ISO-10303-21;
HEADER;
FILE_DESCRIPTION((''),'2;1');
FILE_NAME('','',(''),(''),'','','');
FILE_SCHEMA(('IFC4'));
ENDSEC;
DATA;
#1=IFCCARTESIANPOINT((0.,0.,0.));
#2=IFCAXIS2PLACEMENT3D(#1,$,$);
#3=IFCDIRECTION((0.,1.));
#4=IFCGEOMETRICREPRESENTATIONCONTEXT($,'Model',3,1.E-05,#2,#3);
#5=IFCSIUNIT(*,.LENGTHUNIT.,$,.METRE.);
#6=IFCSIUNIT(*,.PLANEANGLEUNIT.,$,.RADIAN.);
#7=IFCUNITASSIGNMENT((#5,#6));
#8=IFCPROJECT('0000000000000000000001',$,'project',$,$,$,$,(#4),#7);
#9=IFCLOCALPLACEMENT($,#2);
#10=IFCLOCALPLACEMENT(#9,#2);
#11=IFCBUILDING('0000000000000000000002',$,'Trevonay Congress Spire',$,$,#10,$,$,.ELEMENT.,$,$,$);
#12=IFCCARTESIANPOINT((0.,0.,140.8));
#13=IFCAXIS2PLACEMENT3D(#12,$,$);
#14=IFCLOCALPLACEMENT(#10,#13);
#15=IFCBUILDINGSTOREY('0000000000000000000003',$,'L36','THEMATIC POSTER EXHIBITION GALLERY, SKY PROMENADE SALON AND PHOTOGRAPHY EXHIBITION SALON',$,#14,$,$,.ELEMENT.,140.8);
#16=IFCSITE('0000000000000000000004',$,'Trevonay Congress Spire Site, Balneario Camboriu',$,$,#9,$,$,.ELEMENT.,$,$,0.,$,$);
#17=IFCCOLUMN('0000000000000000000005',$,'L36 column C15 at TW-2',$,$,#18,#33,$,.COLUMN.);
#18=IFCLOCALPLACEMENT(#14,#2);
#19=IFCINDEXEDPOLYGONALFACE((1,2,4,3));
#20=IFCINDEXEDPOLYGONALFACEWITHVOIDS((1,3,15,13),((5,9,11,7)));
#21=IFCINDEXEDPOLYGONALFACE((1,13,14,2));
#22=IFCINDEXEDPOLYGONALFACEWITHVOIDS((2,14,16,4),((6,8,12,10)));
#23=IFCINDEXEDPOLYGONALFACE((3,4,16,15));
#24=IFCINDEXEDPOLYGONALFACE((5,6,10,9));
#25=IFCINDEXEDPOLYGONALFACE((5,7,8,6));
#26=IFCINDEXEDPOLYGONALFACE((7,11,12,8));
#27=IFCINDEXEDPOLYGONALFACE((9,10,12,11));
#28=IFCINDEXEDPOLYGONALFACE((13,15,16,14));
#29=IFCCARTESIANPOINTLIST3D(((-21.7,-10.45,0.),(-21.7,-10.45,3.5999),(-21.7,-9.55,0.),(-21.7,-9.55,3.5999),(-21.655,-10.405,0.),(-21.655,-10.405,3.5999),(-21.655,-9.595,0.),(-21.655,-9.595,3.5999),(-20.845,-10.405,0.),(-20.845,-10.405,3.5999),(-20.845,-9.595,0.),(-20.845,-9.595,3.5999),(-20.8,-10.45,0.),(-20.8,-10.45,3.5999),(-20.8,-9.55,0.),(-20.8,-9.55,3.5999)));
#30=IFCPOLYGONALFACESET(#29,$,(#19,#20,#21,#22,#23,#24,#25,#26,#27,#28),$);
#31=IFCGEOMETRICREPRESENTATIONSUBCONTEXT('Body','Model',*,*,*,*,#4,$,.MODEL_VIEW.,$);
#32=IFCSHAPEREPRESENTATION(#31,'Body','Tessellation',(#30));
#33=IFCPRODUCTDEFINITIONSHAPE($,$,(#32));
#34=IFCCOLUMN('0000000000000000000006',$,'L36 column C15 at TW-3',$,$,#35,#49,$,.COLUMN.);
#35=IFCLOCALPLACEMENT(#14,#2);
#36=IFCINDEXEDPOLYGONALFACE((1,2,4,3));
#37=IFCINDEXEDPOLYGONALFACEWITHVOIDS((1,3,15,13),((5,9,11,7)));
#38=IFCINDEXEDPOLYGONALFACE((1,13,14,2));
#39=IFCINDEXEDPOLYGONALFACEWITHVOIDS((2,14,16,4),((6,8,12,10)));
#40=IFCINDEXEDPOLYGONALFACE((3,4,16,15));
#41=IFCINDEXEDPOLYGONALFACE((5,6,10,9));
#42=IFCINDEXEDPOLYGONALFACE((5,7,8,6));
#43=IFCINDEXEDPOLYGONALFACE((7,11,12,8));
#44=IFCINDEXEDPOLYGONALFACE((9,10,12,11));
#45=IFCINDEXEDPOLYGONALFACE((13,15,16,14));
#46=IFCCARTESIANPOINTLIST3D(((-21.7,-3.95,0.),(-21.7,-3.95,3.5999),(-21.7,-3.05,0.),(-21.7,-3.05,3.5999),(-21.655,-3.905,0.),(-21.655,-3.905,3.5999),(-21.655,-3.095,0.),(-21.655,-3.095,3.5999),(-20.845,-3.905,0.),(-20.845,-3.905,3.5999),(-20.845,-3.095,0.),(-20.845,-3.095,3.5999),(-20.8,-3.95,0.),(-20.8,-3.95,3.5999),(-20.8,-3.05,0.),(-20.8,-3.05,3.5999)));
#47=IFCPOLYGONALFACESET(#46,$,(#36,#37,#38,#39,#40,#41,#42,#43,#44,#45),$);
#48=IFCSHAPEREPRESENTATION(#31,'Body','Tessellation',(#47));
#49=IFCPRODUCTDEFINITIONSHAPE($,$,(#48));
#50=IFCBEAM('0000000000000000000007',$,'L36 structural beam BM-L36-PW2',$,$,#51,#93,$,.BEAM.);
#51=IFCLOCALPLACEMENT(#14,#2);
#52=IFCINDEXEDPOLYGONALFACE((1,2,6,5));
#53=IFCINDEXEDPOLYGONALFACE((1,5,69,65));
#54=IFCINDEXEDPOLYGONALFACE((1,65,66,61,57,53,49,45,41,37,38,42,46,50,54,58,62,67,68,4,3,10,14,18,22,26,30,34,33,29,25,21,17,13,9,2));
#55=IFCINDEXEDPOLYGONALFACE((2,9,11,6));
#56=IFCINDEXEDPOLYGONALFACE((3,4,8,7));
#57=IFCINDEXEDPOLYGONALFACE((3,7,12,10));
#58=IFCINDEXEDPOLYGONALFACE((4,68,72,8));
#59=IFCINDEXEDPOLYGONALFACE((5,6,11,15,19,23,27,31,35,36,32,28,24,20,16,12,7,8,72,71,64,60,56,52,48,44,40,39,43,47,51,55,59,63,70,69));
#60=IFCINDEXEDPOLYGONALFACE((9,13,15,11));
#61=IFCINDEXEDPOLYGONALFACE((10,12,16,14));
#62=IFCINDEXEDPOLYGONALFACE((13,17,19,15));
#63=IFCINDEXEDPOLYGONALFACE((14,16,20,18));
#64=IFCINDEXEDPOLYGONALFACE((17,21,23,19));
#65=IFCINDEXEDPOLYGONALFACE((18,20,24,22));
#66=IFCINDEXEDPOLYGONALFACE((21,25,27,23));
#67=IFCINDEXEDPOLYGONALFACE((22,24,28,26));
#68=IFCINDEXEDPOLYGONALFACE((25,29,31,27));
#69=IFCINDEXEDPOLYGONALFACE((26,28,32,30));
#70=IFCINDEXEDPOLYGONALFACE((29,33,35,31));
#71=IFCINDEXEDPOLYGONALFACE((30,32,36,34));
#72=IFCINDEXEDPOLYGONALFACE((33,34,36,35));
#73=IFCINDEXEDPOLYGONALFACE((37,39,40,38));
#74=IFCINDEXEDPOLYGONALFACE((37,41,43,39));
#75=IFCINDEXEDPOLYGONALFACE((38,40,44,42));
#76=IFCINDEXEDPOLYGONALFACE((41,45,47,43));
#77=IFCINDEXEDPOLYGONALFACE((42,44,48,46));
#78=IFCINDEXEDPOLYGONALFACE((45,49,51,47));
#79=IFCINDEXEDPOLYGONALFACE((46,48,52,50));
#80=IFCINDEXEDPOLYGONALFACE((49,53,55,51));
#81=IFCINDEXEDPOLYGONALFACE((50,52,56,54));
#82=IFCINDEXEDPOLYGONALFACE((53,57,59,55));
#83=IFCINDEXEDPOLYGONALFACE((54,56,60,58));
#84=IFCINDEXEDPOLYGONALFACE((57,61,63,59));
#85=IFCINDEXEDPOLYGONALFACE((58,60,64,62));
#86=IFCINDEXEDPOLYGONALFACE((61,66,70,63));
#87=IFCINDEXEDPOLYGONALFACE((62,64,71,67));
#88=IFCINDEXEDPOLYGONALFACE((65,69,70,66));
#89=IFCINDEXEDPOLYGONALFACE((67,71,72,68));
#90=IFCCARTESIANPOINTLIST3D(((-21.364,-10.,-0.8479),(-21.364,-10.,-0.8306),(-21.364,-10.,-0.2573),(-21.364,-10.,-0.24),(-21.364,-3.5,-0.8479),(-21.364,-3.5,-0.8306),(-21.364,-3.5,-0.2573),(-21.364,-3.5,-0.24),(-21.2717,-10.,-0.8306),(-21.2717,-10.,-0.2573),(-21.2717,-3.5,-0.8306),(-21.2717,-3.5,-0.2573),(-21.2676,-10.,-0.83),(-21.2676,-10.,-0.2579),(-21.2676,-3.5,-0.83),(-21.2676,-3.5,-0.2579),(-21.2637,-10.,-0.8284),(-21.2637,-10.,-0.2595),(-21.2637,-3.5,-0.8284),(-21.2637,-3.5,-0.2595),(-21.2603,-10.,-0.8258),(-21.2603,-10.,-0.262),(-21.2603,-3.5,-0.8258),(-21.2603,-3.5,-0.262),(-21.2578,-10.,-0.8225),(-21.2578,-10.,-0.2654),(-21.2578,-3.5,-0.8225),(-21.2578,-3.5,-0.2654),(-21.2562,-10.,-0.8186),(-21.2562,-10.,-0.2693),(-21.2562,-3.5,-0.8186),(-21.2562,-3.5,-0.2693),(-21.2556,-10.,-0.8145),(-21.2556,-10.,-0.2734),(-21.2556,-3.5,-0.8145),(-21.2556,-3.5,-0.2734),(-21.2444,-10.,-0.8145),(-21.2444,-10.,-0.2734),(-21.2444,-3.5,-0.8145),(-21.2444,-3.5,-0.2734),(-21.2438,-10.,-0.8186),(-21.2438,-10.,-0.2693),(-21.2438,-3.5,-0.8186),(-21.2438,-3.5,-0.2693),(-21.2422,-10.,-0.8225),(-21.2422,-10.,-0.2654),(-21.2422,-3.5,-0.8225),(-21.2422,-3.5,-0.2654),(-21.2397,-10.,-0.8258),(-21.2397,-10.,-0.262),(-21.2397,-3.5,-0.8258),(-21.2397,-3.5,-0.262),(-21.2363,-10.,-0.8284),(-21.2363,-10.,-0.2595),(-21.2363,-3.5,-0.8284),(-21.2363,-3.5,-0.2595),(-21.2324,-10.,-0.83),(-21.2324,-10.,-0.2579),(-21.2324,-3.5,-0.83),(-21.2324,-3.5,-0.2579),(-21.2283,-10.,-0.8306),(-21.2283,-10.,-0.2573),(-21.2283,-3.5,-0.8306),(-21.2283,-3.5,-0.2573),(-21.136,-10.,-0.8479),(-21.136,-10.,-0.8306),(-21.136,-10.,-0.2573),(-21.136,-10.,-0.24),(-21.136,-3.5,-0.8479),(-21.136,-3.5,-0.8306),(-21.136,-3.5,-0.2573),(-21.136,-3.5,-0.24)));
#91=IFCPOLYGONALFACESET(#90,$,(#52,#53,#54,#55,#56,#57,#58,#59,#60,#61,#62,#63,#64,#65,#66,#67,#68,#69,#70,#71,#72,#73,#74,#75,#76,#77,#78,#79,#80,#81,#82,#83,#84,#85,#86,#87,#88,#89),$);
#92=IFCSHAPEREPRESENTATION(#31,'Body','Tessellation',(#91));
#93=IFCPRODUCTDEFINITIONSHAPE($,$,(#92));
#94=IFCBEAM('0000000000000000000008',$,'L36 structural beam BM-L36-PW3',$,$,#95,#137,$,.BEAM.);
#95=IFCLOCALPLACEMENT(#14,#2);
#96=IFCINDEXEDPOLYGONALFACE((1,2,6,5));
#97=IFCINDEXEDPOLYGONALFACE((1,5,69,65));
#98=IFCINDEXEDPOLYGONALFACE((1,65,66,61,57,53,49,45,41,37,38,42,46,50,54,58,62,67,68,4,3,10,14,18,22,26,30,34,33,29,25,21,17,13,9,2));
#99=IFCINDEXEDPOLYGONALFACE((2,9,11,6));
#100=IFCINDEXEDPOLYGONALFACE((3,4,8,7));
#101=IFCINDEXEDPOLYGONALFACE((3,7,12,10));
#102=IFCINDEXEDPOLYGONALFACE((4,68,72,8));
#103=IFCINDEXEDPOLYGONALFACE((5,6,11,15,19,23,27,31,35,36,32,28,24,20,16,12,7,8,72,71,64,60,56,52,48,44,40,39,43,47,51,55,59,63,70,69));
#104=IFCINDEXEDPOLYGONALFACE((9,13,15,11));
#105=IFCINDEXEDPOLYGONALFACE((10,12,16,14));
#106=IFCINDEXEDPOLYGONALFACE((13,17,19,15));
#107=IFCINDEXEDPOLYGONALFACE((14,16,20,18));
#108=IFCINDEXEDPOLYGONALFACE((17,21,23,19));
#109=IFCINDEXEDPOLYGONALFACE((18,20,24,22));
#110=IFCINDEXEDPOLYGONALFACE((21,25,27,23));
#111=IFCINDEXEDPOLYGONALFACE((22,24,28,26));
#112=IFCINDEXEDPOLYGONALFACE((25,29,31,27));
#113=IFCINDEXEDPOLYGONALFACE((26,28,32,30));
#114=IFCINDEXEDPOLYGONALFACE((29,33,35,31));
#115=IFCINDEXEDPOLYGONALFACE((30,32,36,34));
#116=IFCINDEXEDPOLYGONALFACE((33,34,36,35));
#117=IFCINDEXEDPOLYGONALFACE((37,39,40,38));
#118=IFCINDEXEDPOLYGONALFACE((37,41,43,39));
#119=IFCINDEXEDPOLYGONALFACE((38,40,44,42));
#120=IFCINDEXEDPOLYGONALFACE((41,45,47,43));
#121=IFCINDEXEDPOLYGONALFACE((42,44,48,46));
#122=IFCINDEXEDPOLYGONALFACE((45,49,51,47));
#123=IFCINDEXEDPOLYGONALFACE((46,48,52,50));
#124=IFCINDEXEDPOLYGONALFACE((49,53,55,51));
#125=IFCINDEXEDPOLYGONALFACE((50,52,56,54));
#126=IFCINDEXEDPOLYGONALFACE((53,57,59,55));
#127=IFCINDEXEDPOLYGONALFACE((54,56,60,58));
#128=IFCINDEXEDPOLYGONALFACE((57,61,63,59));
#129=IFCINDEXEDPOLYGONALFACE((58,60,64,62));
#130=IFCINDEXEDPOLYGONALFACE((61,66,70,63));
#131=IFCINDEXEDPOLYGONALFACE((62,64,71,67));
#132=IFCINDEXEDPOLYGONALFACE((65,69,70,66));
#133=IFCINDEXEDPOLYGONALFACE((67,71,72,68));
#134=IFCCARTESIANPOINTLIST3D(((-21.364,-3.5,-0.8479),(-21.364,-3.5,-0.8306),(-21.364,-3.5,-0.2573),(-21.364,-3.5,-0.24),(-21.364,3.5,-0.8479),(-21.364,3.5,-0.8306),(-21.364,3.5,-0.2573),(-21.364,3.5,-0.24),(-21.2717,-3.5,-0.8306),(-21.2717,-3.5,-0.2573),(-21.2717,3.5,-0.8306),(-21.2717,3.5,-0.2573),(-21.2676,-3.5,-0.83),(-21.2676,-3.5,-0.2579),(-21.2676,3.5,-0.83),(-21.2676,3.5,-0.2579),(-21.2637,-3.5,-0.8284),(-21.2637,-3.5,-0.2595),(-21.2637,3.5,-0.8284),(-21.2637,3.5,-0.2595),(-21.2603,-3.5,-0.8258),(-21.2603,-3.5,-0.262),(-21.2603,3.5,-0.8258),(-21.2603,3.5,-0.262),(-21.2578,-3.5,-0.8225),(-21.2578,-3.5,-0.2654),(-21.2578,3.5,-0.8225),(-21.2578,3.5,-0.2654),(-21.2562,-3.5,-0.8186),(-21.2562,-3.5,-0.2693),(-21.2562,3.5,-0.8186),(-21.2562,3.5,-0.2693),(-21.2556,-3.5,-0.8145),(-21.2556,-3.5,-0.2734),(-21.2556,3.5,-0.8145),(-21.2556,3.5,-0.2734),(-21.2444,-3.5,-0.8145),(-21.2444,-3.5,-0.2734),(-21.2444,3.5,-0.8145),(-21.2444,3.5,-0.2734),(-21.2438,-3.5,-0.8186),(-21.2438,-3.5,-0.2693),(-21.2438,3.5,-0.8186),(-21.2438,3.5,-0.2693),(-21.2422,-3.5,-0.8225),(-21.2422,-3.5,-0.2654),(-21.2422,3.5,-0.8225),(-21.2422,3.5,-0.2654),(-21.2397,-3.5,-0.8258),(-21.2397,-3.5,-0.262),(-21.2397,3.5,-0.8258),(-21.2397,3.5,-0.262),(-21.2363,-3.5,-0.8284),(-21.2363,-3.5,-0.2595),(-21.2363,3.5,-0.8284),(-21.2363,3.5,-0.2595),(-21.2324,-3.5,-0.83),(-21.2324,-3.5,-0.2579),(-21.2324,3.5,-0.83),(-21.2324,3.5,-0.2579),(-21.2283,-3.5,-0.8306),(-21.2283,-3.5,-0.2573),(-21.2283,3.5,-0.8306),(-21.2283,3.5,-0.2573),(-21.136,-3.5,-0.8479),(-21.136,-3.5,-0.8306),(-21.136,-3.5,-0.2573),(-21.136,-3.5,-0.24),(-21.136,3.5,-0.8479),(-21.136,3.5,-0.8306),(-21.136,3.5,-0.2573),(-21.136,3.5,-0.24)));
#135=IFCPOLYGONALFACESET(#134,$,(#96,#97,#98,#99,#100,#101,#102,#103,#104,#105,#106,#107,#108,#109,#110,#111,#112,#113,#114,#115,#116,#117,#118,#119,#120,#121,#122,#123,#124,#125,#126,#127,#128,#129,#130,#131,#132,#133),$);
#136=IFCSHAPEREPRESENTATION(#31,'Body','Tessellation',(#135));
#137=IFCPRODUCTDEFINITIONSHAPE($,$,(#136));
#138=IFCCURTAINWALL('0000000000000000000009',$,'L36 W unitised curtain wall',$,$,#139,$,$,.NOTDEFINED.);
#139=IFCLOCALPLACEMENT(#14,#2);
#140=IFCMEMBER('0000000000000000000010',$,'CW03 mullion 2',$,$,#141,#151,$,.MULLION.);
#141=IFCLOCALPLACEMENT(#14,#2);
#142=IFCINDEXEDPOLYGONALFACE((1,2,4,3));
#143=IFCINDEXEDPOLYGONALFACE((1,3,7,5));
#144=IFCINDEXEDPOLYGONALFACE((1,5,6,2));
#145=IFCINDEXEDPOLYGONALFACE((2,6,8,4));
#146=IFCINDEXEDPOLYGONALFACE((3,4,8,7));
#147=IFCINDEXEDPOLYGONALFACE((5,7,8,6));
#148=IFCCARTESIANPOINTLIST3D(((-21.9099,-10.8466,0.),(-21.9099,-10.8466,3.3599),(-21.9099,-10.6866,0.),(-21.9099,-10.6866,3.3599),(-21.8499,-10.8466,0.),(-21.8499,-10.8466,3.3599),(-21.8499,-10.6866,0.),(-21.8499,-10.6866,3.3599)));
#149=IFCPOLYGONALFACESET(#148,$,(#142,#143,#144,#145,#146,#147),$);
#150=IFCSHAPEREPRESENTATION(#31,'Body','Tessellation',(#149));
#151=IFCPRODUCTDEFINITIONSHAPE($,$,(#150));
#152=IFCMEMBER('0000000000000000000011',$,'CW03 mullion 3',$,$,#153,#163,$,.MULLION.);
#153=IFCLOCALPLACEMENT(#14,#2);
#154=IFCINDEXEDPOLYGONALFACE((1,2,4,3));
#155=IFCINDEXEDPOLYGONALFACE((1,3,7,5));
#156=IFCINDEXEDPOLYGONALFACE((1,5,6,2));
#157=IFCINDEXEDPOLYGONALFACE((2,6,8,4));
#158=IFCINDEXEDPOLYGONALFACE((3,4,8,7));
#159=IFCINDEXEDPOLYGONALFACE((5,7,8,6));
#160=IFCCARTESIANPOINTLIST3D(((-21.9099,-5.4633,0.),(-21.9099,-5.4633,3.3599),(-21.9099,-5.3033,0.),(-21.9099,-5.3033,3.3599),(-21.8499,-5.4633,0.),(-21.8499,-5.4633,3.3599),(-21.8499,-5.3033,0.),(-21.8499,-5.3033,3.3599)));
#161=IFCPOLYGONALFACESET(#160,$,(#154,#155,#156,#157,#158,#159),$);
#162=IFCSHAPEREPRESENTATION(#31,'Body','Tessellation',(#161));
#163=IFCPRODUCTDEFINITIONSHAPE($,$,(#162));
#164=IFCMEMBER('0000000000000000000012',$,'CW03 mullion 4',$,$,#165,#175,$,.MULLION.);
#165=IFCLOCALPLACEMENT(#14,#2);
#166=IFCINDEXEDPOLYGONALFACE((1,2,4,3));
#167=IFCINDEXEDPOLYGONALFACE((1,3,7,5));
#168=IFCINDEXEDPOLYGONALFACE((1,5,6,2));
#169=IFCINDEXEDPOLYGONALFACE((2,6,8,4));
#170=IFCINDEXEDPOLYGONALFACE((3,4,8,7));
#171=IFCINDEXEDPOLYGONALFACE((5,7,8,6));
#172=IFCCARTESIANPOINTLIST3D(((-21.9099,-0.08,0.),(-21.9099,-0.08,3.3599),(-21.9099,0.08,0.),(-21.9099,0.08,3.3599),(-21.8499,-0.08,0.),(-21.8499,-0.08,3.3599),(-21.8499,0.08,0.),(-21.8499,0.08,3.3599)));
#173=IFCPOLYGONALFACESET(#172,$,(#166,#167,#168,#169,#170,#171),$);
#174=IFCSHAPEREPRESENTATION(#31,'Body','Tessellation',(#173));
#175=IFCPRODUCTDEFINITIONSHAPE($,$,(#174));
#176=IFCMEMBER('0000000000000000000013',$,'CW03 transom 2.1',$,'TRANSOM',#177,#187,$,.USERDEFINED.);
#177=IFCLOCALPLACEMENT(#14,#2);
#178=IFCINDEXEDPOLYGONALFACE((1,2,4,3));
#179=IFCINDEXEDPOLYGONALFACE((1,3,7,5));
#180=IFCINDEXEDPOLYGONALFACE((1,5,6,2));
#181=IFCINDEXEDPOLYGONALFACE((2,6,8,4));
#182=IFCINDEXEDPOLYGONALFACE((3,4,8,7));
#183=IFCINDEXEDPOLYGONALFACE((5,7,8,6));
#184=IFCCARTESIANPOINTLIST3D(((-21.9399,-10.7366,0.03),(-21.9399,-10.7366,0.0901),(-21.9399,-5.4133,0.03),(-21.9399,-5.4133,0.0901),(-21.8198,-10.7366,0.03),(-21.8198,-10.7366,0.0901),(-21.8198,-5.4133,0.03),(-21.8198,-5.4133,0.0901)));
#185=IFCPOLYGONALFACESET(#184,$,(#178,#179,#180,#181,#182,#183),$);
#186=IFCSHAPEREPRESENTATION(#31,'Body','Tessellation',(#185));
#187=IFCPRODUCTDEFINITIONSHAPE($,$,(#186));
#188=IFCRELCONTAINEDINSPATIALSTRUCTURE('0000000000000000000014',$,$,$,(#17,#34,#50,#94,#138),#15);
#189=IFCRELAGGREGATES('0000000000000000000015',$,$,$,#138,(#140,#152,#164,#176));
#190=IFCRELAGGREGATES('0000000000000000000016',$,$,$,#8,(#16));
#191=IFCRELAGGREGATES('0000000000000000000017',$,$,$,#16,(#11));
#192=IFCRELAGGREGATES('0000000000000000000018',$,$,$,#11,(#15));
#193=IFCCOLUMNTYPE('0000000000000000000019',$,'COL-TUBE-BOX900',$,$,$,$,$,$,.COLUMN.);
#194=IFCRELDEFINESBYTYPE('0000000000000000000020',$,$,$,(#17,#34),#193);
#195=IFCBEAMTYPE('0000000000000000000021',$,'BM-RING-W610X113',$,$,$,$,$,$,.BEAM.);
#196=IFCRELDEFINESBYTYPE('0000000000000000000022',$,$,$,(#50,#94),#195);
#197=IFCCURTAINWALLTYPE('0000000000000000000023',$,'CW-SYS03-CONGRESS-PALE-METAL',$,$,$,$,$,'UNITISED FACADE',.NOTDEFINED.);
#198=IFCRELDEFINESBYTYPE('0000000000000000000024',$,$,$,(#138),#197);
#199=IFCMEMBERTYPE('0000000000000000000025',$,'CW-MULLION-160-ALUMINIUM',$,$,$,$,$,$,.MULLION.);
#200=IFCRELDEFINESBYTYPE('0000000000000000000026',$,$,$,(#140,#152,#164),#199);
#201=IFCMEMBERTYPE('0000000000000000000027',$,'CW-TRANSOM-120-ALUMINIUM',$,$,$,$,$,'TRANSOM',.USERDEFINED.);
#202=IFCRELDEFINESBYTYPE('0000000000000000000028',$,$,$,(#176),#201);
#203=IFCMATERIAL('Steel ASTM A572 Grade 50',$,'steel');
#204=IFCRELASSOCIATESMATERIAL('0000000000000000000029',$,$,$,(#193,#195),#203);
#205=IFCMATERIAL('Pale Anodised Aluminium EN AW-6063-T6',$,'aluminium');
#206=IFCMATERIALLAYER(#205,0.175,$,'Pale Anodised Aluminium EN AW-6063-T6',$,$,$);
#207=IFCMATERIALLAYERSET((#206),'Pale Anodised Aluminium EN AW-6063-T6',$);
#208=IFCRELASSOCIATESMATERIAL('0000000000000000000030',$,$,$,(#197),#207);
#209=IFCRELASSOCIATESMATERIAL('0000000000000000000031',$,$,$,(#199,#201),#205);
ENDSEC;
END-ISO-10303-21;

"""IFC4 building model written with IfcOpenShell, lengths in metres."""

from ifc_helpers import new_model, si_unit, direction, frame, origin, origin_2d, place, context, subcontext, project, spatial, rectangle, hollow_rectangle, i_section, extrude, material, layer, layer_set, material_profile, profile_set, type_object, element, aggregate, save


model = new_model("IFC4")

# Units and contexts
model_context = context("Model", 3, precision=1e-05, world=origin(), true_north=direction((0.0, 1.0)))
body_context = subcontext(model_context, "Body", "Model", "MODEL_VIEW")
ifc_project = project(units=[si_unit("LENGTHUNIT", "METRE"), si_unit("PLANEANGLEUNIT", "RADIAN")], contexts=[model_context])

# Site, building, storey
site_placement = place(None, origin())
site = spatial("IfcSite", under=ifc_project, at=site_placement, Name="Trevonay Congress Spire Site, Balneario Camboriu", CompositionType="ELEMENT", RefElevation=0.0)
building_placement = place(site_placement, origin())
building = spatial("IfcBuilding", under=site, at=building_placement, Name="Trevonay Congress Spire", CompositionType="ELEMENT")
storey_placement = place(building_placement, frame((0.0, 0.0, 140.8)))
storey = spatial("IfcBuildingStorey", under=building, at=storey_placement, Name="L36", Description="THEMATIC POSTER EXHIBITION GALLERY, SKY PROMENADE SALON AND PHOTOGRAPHY EXHIBITION SALON", CompositionType="ELEMENT", Elevation=140.8)

# Columns
ifc_material_1 = material(Name="Steel ASTM A572 Grade 50", Category="steel")
ifc_material_profile_1 = material_profile(ifc_material_1, hollow_rectangle(XDim=0.8999, YDim=0.8999, WallThickness=0.0449, at=origin_2d()), Name="BOX 900x900x45")
ifc_profile_set_1 = profile_set([ifc_material_profile_1], Name="Steel ASTM A572 Grade 50")
column_type = type_object("IfcColumnType", Name="COL-TUBE-BOX900", PredefinedType="COLUMN", material=ifc_profile_set_1)
for number, where, z_axis, x_axis, name in (
    (1, (-21.25, -10.0, 0.0), (0.0, 0.0, 1.0), (1.0, 0.0, 0.0), "L36 column C15 at TW-2"),
    (2, (-21.25, -3.5, 0.0), (0.0, 0.0, 1.0), (1.0, 0.0, 0.0), "L36 column C15 at TW-3"),
):
    element("IfcColumn", number, at=place(storey_placement, frame(where, z_axis=z_axis, x_axis=x_axis)), inside=storey, type_object=column_type, Name=name, PredefinedType="COLUMN", context=body_context, shape_type="SweptSolid", body=[
        extrude(hollow_rectangle(XDim=0.8999, YDim=0.8999, WallThickness=0.0449, at=origin_2d()), origin(), (0.0, 0.0, 1.0), 3.5999),
    ])

# Beams
ifc_material_profile_2 = material_profile(ifc_material_1, i_section(OverallWidth=0.228, OverallDepth=0.6079, WebThickness=0.0112, FlangeThickness=0.0173, FilletRadius=0.0161, at=origin_2d()), Name="W610x113")
ifc_profile_set_2 = profile_set([ifc_material_profile_2], Name="Steel ASTM A572 Grade 50")
beam_type_1 = type_object("IfcBeamType", Name="BM-RING-W610X113", PredefinedType="BEAM", material=ifc_profile_set_2)
beam_1_placement = place(storey_placement, frame((-21.25, -10.0, -0.5439), z_axis=(0.0, 1.0, 0.0), x_axis=(-1.0, 0.0, 0.0)))
element("IfcBeam", 3, at=beam_1_placement, inside=storey, type_object=beam_type_1, Name="L36 structural beam BM-L36-PW2", PredefinedType="BEAM", context=body_context, shape_type="SweptSolid", body=[
    extrude(i_section(OverallWidth=0.228, OverallDepth=0.6079, WebThickness=0.0112, FlangeThickness=0.0173, FilletRadius=0.0161, at=origin_2d()), origin(), (0.0, 0.0, 1.0), 6.5),
])
beam_2_placement = place(storey_placement, frame((-21.25, -3.5, -0.5439), z_axis=(0.0, 1.0, 0.0), x_axis=(-1.0, 0.0, 0.0)))
element("IfcBeam", 4, at=beam_2_placement, inside=storey, type_object=beam_type_1, Name="L36 structural beam BM-L36-PW3", PredefinedType="BEAM", context=body_context, shape_type="SweptSolid", body=[
    extrude(i_section(OverallWidth=0.228, OverallDepth=0.6079, WebThickness=0.0112, FlangeThickness=0.0173, FilletRadius=0.0161, at=origin_2d()), origin(), (0.0, 0.0, 1.0), 7.0),
])

# Curtain wall, members
ifc_material_2 = material(Name="Pale Anodised Aluminium EN AW-6063-T6", Category="aluminium")
ifc_layer_1 = layer(ifc_material_2, 0.175, Name="Pale Anodised Aluminium EN AW-6063-T6")
ifc_layer_set_1 = layer_set([ifc_layer_1], Name="Pale Anodised Aluminium EN AW-6063-T6")
curtain_wall_type = type_object("IfcCurtainWallType", Name="CW-SYS03-CONGRESS-PALE-METAL", ElementType="UNITISED FACADE", PredefinedType="NOTDEFINED", material=ifc_layer_set_1)
curtain_wall_placement = place(storey_placement, origin())
curtain_wall = element("IfcCurtainWall", 5, at=curtain_wall_placement, inside=storey, type_object=curtain_wall_type, Name="L36 W unitised curtain wall", PredefinedType="NOTDEFINED")
ifc_material_profile_3 = material_profile(ifc_material_2, rectangle(XDim=0.0601, YDim=0.1599, at=origin_2d()), Name="CW-MULLION-160-ALUMINIUM")
ifc_profile_set_3 = profile_set([ifc_material_profile_3], Name="Pale Anodised Aluminium EN AW-6063-T6")
member_type_1 = type_object("IfcMemberType", Name="CW-MULLION-160-ALUMINIUM", PredefinedType="MULLION", material=ifc_profile_set_3)
member_1_placement = place(storey_placement, frame((-21.8799, -10.7666, 0.0), z_axis=(0.0, 0.0, 1.0), x_axis=(-1.0, 0.0, 0.0)))
member_1 = element("IfcMember", 6, at=member_1_placement, type_object=member_type_1, Name="CW03 mullion 2", PredefinedType="MULLION", context=body_context, shape_type="SweptSolid", body=[
    extrude(rectangle(XDim=0.0601, YDim=0.1599, at=origin_2d()), origin(), (0.0, 0.0, 1.0), 3.3599),
])
member_2_placement = place(storey_placement, frame((-21.8799, -5.3833, 0.0), z_axis=(0.0, 0.0, 1.0), x_axis=(-1.0, 0.0, 0.0)))
member_2 = element("IfcMember", 7, at=member_2_placement, type_object=member_type_1, Name="CW03 mullion 3", PredefinedType="MULLION", context=body_context, shape_type="SweptSolid", body=[
    extrude(rectangle(XDim=0.0601, YDim=0.1599, at=origin_2d()), origin(), (0.0, 0.0, 1.0), 3.3599),
])
member_3_placement = place(storey_placement, frame((-21.8799, 0.0, 0.0), z_axis=(0.0, 0.0, 1.0), x_axis=(-1.0, 0.0, 0.0)))
member_3 = element("IfcMember", 8, at=member_3_placement, type_object=member_type_1, Name="CW03 mullion 4", PredefinedType="MULLION", context=body_context, shape_type="SweptSolid", body=[
    extrude(rectangle(XDim=0.0601, YDim=0.1599, at=origin_2d()), origin(), (0.0, 0.0, 1.0), 3.3599),
])
ifc_material_profile_4 = material_profile(ifc_material_2, rectangle(XDim=0.1201, YDim=0.0601, at=origin_2d()), Name="CW-TRANSOM-120-ALUMINIUM")
ifc_profile_set_4 = profile_set([ifc_material_profile_4], Name="Pale Anodised Aluminium EN AW-6063-T6")
member_type_2 = type_object("IfcMemberType", Name="CW-TRANSOM-120-ALUMINIUM", ElementType="TRANSOM", PredefinedType="USERDEFINED", material=ifc_profile_set_4)
member_4_placement = place(storey_placement, frame((-21.8799, -10.7366, 0.0601), z_axis=(0.0, 1.0, 0.0), x_axis=(-1.0, 0.0, 0.0)))
member_4 = element("IfcMember", 9, at=member_4_placement, type_object=member_type_2, Name="CW03 transom 2.1", ObjectType="TRANSOM", PredefinedType="USERDEFINED", context=body_context, shape_type="SweptSolid", body=[
    extrude(rectangle(XDim=0.1201, YDim=0.0601, at=origin_2d()), origin(), (0.0, 0.0, 1.0), 5.3232),
])

aggregate(curtain_wall, [member_1, member_2, member_3, member_4])

save(model, "model.ifc")
